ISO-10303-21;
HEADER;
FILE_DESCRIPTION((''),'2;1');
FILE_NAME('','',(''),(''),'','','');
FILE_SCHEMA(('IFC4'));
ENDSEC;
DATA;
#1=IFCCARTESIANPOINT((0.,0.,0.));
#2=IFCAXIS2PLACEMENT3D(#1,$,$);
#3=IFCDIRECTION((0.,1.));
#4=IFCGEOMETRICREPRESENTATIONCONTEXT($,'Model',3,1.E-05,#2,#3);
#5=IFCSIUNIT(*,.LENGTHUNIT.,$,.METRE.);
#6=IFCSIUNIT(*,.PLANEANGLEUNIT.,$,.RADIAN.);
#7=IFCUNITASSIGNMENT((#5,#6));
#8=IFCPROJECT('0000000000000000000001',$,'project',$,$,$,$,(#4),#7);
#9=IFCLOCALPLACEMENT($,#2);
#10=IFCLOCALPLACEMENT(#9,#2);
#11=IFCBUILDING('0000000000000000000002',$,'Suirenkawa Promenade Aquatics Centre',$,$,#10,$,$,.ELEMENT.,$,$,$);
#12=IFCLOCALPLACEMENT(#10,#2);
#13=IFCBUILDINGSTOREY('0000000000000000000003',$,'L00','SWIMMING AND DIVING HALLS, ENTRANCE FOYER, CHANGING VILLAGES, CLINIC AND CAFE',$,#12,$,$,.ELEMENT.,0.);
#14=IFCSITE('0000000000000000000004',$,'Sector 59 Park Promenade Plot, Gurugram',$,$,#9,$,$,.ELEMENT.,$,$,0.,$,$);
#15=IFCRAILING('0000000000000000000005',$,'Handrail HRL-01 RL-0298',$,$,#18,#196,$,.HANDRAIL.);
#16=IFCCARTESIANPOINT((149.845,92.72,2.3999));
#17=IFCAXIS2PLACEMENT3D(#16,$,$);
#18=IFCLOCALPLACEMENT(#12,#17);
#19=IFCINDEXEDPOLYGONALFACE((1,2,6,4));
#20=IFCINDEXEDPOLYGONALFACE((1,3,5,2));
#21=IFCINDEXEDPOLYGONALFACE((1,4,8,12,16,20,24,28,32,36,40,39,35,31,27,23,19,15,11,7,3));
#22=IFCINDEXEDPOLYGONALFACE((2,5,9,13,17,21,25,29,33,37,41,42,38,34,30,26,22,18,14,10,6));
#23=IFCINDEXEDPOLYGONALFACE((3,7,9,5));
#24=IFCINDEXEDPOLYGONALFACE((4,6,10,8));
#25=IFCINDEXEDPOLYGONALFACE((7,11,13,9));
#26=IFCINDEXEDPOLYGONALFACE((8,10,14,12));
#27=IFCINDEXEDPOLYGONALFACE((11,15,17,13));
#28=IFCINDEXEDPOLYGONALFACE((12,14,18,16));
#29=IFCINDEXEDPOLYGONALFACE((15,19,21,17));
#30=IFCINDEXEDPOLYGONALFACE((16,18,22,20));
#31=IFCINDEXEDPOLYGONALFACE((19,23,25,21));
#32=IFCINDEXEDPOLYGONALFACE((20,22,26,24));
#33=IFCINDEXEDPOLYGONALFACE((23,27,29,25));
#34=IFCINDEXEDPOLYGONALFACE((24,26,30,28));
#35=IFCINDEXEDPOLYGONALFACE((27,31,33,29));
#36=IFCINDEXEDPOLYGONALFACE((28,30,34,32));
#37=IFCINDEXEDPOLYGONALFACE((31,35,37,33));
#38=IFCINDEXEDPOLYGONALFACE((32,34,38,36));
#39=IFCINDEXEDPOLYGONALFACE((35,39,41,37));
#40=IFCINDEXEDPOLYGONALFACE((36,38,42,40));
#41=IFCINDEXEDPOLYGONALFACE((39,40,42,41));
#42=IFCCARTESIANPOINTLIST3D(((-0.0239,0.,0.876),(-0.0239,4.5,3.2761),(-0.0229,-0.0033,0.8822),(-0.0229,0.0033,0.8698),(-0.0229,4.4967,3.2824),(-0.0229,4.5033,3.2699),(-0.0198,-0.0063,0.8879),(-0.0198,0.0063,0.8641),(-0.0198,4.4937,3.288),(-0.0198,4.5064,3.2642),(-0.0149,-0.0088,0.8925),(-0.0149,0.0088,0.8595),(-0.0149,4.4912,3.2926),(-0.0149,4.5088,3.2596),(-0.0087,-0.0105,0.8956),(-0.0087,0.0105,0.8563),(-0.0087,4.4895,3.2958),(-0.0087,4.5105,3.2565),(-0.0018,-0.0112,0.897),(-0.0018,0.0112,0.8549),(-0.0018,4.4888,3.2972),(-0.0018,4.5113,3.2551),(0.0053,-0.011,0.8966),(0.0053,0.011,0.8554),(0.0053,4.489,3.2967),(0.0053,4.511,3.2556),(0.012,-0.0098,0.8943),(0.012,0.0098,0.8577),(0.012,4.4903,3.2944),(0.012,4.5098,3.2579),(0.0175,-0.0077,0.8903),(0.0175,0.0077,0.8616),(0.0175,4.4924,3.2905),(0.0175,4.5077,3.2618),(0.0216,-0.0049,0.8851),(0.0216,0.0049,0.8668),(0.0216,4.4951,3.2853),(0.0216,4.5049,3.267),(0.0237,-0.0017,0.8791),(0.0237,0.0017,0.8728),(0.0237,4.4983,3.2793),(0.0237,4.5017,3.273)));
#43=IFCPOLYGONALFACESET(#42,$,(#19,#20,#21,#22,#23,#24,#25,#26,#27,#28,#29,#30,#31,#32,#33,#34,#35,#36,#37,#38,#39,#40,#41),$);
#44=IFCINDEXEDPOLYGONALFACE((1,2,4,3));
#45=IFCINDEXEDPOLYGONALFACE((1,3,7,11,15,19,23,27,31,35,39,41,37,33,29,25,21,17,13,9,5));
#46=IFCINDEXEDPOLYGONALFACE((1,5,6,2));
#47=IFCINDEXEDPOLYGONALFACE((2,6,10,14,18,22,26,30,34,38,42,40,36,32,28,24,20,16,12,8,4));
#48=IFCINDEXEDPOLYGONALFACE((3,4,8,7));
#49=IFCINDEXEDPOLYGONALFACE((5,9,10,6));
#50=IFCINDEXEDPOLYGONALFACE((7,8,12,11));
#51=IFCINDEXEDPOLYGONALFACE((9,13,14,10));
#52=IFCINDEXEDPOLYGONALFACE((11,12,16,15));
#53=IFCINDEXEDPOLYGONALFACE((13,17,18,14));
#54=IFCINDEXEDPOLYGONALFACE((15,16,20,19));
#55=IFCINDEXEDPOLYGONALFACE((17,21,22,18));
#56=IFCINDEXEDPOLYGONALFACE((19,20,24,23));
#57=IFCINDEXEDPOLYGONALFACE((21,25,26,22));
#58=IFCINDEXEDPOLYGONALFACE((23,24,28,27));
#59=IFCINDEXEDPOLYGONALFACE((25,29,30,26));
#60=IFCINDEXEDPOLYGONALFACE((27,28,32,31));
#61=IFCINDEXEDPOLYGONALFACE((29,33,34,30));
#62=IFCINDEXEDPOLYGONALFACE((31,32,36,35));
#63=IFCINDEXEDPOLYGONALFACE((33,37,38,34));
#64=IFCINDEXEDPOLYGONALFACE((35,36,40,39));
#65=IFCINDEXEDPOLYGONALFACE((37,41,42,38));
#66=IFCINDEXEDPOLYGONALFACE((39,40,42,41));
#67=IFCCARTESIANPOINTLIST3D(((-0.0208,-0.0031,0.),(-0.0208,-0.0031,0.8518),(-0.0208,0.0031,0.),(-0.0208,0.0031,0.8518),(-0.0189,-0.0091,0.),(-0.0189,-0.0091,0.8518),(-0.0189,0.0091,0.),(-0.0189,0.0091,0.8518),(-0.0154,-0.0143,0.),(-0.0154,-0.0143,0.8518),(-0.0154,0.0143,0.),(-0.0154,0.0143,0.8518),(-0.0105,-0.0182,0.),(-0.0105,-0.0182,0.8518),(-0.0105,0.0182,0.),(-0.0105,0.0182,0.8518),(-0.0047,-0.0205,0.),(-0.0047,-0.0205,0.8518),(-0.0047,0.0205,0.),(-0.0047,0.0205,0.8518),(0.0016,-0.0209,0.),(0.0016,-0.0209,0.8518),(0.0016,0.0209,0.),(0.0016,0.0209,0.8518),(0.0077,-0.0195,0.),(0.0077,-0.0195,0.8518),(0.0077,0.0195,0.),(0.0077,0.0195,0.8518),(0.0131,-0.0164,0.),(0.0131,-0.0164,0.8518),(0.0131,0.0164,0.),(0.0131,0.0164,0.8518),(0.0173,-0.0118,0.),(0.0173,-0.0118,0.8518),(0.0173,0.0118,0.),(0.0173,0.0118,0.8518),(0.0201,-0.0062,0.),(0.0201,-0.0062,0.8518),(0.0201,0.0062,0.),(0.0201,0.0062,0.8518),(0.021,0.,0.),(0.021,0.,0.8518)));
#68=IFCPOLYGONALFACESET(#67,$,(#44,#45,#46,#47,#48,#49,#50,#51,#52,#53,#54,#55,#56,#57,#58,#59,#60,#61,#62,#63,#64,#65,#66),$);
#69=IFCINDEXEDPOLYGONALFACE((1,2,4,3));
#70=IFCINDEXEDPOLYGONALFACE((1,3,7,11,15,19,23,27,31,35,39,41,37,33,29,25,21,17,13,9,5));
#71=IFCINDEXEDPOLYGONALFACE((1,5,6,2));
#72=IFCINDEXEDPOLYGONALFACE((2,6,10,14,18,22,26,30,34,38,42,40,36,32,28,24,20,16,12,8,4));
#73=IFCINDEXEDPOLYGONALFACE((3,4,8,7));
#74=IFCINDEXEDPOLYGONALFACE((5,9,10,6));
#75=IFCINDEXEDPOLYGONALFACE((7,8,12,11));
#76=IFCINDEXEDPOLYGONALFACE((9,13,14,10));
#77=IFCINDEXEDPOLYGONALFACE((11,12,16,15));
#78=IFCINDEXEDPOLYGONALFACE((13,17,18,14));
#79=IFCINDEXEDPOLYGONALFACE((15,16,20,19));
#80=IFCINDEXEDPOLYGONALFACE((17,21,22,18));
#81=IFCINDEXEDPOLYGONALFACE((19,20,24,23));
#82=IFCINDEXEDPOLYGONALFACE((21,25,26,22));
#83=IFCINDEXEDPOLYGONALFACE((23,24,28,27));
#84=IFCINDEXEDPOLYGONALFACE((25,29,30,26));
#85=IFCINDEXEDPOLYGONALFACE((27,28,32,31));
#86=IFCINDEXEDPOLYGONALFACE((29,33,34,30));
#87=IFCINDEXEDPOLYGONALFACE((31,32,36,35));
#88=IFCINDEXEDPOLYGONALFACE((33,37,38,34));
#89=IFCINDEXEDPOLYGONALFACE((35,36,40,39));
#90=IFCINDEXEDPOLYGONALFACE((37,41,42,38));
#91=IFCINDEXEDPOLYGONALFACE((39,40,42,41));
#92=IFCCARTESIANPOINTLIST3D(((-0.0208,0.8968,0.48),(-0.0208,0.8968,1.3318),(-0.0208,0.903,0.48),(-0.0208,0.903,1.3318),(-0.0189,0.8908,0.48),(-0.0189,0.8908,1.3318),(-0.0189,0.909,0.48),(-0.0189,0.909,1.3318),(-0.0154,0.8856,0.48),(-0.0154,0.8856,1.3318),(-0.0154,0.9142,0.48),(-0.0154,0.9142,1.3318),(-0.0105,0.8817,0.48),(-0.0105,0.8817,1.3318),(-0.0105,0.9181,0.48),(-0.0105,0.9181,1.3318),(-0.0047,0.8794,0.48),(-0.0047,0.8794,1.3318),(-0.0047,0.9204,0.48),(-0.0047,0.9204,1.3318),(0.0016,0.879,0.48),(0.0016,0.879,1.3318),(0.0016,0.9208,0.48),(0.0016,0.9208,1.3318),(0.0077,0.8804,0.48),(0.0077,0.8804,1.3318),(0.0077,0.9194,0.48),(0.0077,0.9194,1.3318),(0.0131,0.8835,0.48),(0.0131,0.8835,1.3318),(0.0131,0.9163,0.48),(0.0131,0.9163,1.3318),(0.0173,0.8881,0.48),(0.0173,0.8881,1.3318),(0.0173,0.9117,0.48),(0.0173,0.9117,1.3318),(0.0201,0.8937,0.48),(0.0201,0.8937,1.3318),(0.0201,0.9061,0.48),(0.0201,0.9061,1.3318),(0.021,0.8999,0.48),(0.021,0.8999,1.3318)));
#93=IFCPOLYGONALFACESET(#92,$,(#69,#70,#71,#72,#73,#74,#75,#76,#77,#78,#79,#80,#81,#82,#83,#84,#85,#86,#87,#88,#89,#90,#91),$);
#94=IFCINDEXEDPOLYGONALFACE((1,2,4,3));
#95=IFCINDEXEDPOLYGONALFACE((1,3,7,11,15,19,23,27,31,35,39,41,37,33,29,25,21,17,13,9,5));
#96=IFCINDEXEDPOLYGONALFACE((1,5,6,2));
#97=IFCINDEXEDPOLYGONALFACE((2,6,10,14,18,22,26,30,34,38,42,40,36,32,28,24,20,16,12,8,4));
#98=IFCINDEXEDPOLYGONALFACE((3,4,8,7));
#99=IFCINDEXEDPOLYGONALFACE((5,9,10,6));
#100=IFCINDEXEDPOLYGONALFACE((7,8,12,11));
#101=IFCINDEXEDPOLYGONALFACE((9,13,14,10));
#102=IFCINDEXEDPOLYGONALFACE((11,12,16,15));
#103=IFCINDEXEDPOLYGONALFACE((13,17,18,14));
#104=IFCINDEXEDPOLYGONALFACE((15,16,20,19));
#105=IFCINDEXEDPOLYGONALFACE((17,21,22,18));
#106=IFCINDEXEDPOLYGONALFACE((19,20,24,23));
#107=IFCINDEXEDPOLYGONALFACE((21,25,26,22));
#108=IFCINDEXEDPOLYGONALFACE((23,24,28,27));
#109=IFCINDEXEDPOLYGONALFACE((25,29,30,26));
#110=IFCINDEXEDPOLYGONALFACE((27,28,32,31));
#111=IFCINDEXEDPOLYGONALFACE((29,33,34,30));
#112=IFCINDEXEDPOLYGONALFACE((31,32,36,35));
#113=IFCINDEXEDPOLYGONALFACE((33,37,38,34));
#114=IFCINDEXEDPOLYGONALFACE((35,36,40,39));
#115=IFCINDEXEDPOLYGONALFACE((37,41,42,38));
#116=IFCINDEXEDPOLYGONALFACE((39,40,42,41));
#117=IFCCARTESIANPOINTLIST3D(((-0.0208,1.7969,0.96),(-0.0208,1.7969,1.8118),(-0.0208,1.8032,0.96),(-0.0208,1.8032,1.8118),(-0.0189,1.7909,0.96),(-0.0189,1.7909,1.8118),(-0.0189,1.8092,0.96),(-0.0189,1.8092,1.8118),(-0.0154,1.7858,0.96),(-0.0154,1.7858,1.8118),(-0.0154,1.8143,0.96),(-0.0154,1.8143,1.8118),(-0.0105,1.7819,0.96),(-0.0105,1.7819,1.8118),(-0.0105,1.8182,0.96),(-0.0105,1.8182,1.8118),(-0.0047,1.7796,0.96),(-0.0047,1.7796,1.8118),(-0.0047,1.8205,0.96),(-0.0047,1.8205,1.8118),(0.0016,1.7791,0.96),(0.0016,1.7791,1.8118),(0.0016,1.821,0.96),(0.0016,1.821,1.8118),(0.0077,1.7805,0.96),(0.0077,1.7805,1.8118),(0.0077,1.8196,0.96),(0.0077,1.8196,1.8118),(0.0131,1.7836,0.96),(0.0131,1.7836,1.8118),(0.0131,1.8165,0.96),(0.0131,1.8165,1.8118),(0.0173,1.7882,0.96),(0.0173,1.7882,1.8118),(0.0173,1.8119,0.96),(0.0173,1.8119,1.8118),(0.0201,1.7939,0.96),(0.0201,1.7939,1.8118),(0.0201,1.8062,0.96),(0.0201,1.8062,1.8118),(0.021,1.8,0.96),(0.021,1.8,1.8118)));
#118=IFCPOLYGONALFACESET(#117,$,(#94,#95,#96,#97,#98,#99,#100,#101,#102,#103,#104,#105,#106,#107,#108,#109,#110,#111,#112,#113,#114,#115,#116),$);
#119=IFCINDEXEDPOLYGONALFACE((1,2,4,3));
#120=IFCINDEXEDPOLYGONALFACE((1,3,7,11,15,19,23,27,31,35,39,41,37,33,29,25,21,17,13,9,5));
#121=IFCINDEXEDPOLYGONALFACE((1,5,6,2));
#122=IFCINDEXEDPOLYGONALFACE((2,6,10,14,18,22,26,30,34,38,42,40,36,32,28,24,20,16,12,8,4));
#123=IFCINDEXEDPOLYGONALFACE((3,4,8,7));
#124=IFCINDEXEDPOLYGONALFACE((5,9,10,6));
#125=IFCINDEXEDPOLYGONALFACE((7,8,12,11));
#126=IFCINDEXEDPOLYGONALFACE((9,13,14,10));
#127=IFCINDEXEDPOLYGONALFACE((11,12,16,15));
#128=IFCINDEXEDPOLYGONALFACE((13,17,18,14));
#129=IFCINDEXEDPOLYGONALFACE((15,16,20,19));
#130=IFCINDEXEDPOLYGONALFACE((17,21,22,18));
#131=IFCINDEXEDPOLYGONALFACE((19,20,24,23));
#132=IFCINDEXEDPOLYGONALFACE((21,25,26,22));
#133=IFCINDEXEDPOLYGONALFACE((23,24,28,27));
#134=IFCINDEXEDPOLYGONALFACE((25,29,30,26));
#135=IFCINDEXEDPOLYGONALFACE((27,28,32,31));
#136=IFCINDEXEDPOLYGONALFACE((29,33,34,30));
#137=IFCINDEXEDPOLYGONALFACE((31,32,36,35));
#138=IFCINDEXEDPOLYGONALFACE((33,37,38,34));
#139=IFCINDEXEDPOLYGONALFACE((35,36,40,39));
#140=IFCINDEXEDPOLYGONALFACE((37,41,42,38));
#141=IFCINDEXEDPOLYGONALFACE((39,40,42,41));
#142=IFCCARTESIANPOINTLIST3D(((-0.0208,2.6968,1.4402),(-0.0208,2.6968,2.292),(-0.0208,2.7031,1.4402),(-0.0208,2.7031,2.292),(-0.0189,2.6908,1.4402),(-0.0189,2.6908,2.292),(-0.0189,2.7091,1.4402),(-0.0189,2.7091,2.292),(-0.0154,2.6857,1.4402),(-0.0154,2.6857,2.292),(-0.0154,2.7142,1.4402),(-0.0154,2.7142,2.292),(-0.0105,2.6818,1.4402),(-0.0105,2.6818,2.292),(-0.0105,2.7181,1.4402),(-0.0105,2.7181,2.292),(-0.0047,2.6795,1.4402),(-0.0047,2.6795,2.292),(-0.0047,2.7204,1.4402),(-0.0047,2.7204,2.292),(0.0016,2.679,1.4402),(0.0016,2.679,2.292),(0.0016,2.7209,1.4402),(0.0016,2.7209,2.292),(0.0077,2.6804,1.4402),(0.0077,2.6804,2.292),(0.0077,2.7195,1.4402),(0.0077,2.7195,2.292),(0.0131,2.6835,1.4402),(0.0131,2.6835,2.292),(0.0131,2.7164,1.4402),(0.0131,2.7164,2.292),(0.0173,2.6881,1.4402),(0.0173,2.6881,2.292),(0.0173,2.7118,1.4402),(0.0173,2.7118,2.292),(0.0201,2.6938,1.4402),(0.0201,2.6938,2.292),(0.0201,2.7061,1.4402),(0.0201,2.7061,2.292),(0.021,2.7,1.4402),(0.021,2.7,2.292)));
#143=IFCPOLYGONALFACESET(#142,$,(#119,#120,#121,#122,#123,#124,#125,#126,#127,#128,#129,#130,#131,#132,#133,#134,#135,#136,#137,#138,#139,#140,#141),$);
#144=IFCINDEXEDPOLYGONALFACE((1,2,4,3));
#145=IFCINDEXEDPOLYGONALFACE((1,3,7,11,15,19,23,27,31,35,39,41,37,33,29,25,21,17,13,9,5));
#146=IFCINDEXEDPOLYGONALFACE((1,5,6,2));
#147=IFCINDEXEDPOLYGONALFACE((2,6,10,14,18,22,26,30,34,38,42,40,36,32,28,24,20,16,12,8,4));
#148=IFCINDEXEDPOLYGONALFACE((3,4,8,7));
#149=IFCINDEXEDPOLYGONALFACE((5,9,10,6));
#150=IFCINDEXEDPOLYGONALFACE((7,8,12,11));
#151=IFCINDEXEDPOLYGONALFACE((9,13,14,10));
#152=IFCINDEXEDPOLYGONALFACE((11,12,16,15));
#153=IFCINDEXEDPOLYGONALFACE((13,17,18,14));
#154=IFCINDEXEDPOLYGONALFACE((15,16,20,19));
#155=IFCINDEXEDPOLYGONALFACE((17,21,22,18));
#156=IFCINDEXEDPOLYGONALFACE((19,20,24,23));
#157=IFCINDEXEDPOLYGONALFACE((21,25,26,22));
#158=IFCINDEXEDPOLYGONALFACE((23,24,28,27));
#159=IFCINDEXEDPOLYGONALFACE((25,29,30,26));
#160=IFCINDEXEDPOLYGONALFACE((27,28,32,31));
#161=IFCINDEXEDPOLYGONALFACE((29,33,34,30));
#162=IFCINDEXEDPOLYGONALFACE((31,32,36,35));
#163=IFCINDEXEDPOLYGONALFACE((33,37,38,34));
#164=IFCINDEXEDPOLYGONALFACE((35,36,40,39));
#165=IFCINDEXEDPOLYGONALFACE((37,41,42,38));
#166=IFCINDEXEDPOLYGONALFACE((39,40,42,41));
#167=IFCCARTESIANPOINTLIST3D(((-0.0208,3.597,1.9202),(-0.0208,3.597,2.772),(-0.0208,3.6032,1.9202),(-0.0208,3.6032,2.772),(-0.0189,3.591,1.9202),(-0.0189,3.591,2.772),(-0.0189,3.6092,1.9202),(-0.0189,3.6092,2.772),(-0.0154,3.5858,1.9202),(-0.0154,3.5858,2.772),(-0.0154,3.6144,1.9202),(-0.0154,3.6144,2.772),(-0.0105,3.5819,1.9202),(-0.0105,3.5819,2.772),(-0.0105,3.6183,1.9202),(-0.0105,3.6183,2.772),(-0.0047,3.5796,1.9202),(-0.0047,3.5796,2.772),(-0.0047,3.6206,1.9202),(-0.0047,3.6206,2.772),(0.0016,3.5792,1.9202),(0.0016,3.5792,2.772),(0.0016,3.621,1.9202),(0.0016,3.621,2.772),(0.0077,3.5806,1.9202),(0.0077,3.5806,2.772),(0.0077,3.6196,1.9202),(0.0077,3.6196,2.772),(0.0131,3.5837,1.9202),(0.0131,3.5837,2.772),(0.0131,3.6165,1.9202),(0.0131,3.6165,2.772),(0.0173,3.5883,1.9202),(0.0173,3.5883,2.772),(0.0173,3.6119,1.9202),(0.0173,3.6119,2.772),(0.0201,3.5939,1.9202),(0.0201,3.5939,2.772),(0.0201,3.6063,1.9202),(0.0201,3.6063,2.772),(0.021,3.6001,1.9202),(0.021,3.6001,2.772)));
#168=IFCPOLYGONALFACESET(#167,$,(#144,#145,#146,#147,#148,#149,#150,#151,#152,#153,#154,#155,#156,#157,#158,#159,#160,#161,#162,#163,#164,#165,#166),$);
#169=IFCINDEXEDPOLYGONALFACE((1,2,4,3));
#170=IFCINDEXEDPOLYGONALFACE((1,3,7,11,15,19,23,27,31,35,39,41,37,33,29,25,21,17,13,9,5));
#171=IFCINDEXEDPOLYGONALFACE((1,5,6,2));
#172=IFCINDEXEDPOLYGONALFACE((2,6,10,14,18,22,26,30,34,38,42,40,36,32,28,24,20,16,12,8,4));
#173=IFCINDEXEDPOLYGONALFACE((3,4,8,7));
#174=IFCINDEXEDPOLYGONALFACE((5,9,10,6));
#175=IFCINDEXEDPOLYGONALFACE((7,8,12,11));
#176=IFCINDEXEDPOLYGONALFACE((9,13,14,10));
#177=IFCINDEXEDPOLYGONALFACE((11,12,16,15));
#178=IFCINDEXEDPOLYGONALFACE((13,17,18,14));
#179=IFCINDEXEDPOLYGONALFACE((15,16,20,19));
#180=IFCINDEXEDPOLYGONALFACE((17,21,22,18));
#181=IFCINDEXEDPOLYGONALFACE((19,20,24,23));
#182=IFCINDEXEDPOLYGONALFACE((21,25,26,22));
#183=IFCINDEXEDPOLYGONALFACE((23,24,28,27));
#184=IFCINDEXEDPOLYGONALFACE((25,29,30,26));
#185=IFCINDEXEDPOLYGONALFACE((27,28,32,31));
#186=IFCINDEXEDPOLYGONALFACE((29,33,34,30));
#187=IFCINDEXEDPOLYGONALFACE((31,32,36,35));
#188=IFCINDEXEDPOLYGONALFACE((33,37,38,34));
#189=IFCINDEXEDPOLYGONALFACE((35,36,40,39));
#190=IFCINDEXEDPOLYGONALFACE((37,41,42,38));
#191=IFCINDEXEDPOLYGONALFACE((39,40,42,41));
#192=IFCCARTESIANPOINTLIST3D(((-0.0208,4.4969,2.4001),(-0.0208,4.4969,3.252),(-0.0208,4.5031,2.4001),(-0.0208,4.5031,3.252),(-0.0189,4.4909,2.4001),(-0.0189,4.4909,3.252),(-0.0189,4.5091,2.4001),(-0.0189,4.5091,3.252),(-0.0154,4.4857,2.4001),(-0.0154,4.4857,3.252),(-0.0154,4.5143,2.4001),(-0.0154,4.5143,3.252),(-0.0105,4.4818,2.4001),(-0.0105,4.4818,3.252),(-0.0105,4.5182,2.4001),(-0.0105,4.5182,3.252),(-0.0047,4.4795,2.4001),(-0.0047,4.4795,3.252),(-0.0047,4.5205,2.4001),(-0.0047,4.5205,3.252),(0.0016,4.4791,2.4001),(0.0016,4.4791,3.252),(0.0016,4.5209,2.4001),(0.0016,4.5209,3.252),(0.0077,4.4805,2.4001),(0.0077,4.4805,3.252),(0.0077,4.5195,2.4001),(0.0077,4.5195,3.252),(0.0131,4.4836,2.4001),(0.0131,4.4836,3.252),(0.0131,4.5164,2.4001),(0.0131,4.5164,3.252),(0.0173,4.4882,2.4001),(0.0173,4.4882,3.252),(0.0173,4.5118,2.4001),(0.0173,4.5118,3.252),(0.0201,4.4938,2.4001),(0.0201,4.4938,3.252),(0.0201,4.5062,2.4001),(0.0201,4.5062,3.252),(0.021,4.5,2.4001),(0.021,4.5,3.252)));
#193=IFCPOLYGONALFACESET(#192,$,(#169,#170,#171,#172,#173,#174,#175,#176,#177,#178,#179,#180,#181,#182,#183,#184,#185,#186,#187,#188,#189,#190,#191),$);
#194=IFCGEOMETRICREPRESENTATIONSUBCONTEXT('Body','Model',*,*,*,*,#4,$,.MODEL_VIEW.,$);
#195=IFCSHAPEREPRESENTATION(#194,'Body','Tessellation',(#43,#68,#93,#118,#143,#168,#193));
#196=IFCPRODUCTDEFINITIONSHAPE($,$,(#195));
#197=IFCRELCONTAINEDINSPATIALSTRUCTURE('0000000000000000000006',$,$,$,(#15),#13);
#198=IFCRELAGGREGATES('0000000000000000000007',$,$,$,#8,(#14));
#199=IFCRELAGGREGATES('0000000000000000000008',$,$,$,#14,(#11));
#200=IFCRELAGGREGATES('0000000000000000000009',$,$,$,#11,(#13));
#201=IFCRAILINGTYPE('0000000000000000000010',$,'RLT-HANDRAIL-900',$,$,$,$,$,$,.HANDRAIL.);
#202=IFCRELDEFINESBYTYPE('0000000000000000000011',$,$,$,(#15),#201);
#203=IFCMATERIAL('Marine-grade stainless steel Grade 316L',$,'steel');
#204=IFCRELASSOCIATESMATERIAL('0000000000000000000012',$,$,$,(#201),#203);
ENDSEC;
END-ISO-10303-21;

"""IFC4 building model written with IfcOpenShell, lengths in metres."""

from ifc_helpers import new_model, si_unit, direction, frame, origin, origin_2d, place, context, subcontext, project, spatial, circle, extrude, material, type_object, element, save


model = new_model("IFC4")

# Units and contexts
model_context = context("Model", 3, precision=1e-05, world=origin(), true_north=direction((0.0, 1.0)))
body_context = subcontext(model_context, "Body", "Model", "MODEL_VIEW")
ifc_project = project(units=[si_unit("LENGTHUNIT", "METRE"), si_unit("PLANEANGLEUNIT", "RADIAN")], contexts=[model_context])

# Site, building, storey
site_placement = place(None, origin())
site = spatial("IfcSite", under=ifc_project, at=site_placement, Name="Sector 59 Park Promenade Plot, Gurugram", CompositionType="ELEMENT", RefElevation=0.0)
building_placement = place(site_placement, origin())
building = spatial("IfcBuilding", under=site, at=building_placement, Name="Suirenkawa Promenade Aquatics Centre", CompositionType="ELEMENT")
storey_placement = place(building_placement, origin())
storey = spatial("IfcBuildingStorey", under=building, at=storey_placement, Name="L00", Description="SWIMMING AND DIVING HALLS, ENTRANCE FOYER, CHANGING VILLAGES, CLINIC AND CAFE", CompositionType="ELEMENT", Elevation=0.0)

# Railing
ifc_material_1 = material(Name="Marine-grade stainless steel Grade 316L", Category="steel")
railing_type_1 = type_object("IfcRailingType", Name="RLT-HANDRAIL-900", PredefinedType="HANDRAIL", material=ifc_material_1)
for number, where, name in (
    (1, (149.845, 92.72, 2.3999), "Handrail HRL-01 RL-0298"),
):
    element("IfcRailing", number, at=place(storey_placement, frame(where)), inside=storey, type_object=railing_type_1, Name=name, PredefinedType="HANDRAIL", context=body_context, shape_type="SweptSolid", body=[
        extrude(circle(Radius=0.0239, at=origin_2d()), frame((0.0, 0.0, 0.876), z_axis=(0.0, 0.882341, 0.470611), x_axis=(-1.0, 0.0, 0.0)), (0.0, 0.0, 1.0), 5.1001),
        extrude(circle(Radius=0.021, at=origin_2d()), origin(), (0.0, 0.0, 1.0), 0.8518),
        extrude(circle(Radius=0.021, at=origin_2d()), frame((0.0, 0.8999, 0.48)), (0.0, 0.0, 1.0), 0.8518),
        extrude(circle(Radius=0.021, at=origin_2d()), frame((0.0, 1.8, 0.96)), (0.0, 0.0, 1.0), 0.8518),
        extrude(circle(Radius=0.021, at=origin_2d()), frame((0.0, 2.7, 1.4402)), (0.0, 0.0, 1.0), 0.8518),
        extrude(circle(Radius=0.021, at=origin_2d()), frame((0.0, 3.6001, 1.9202)), (0.0, 0.0, 1.0), 0.8518),
        extrude(circle(Radius=0.021, at=origin_2d()), frame((0.0, 4.5, 2.4001)), (0.0, 0.0, 1.0), 0.8518),
    ])

save(model, "model.ifc")
